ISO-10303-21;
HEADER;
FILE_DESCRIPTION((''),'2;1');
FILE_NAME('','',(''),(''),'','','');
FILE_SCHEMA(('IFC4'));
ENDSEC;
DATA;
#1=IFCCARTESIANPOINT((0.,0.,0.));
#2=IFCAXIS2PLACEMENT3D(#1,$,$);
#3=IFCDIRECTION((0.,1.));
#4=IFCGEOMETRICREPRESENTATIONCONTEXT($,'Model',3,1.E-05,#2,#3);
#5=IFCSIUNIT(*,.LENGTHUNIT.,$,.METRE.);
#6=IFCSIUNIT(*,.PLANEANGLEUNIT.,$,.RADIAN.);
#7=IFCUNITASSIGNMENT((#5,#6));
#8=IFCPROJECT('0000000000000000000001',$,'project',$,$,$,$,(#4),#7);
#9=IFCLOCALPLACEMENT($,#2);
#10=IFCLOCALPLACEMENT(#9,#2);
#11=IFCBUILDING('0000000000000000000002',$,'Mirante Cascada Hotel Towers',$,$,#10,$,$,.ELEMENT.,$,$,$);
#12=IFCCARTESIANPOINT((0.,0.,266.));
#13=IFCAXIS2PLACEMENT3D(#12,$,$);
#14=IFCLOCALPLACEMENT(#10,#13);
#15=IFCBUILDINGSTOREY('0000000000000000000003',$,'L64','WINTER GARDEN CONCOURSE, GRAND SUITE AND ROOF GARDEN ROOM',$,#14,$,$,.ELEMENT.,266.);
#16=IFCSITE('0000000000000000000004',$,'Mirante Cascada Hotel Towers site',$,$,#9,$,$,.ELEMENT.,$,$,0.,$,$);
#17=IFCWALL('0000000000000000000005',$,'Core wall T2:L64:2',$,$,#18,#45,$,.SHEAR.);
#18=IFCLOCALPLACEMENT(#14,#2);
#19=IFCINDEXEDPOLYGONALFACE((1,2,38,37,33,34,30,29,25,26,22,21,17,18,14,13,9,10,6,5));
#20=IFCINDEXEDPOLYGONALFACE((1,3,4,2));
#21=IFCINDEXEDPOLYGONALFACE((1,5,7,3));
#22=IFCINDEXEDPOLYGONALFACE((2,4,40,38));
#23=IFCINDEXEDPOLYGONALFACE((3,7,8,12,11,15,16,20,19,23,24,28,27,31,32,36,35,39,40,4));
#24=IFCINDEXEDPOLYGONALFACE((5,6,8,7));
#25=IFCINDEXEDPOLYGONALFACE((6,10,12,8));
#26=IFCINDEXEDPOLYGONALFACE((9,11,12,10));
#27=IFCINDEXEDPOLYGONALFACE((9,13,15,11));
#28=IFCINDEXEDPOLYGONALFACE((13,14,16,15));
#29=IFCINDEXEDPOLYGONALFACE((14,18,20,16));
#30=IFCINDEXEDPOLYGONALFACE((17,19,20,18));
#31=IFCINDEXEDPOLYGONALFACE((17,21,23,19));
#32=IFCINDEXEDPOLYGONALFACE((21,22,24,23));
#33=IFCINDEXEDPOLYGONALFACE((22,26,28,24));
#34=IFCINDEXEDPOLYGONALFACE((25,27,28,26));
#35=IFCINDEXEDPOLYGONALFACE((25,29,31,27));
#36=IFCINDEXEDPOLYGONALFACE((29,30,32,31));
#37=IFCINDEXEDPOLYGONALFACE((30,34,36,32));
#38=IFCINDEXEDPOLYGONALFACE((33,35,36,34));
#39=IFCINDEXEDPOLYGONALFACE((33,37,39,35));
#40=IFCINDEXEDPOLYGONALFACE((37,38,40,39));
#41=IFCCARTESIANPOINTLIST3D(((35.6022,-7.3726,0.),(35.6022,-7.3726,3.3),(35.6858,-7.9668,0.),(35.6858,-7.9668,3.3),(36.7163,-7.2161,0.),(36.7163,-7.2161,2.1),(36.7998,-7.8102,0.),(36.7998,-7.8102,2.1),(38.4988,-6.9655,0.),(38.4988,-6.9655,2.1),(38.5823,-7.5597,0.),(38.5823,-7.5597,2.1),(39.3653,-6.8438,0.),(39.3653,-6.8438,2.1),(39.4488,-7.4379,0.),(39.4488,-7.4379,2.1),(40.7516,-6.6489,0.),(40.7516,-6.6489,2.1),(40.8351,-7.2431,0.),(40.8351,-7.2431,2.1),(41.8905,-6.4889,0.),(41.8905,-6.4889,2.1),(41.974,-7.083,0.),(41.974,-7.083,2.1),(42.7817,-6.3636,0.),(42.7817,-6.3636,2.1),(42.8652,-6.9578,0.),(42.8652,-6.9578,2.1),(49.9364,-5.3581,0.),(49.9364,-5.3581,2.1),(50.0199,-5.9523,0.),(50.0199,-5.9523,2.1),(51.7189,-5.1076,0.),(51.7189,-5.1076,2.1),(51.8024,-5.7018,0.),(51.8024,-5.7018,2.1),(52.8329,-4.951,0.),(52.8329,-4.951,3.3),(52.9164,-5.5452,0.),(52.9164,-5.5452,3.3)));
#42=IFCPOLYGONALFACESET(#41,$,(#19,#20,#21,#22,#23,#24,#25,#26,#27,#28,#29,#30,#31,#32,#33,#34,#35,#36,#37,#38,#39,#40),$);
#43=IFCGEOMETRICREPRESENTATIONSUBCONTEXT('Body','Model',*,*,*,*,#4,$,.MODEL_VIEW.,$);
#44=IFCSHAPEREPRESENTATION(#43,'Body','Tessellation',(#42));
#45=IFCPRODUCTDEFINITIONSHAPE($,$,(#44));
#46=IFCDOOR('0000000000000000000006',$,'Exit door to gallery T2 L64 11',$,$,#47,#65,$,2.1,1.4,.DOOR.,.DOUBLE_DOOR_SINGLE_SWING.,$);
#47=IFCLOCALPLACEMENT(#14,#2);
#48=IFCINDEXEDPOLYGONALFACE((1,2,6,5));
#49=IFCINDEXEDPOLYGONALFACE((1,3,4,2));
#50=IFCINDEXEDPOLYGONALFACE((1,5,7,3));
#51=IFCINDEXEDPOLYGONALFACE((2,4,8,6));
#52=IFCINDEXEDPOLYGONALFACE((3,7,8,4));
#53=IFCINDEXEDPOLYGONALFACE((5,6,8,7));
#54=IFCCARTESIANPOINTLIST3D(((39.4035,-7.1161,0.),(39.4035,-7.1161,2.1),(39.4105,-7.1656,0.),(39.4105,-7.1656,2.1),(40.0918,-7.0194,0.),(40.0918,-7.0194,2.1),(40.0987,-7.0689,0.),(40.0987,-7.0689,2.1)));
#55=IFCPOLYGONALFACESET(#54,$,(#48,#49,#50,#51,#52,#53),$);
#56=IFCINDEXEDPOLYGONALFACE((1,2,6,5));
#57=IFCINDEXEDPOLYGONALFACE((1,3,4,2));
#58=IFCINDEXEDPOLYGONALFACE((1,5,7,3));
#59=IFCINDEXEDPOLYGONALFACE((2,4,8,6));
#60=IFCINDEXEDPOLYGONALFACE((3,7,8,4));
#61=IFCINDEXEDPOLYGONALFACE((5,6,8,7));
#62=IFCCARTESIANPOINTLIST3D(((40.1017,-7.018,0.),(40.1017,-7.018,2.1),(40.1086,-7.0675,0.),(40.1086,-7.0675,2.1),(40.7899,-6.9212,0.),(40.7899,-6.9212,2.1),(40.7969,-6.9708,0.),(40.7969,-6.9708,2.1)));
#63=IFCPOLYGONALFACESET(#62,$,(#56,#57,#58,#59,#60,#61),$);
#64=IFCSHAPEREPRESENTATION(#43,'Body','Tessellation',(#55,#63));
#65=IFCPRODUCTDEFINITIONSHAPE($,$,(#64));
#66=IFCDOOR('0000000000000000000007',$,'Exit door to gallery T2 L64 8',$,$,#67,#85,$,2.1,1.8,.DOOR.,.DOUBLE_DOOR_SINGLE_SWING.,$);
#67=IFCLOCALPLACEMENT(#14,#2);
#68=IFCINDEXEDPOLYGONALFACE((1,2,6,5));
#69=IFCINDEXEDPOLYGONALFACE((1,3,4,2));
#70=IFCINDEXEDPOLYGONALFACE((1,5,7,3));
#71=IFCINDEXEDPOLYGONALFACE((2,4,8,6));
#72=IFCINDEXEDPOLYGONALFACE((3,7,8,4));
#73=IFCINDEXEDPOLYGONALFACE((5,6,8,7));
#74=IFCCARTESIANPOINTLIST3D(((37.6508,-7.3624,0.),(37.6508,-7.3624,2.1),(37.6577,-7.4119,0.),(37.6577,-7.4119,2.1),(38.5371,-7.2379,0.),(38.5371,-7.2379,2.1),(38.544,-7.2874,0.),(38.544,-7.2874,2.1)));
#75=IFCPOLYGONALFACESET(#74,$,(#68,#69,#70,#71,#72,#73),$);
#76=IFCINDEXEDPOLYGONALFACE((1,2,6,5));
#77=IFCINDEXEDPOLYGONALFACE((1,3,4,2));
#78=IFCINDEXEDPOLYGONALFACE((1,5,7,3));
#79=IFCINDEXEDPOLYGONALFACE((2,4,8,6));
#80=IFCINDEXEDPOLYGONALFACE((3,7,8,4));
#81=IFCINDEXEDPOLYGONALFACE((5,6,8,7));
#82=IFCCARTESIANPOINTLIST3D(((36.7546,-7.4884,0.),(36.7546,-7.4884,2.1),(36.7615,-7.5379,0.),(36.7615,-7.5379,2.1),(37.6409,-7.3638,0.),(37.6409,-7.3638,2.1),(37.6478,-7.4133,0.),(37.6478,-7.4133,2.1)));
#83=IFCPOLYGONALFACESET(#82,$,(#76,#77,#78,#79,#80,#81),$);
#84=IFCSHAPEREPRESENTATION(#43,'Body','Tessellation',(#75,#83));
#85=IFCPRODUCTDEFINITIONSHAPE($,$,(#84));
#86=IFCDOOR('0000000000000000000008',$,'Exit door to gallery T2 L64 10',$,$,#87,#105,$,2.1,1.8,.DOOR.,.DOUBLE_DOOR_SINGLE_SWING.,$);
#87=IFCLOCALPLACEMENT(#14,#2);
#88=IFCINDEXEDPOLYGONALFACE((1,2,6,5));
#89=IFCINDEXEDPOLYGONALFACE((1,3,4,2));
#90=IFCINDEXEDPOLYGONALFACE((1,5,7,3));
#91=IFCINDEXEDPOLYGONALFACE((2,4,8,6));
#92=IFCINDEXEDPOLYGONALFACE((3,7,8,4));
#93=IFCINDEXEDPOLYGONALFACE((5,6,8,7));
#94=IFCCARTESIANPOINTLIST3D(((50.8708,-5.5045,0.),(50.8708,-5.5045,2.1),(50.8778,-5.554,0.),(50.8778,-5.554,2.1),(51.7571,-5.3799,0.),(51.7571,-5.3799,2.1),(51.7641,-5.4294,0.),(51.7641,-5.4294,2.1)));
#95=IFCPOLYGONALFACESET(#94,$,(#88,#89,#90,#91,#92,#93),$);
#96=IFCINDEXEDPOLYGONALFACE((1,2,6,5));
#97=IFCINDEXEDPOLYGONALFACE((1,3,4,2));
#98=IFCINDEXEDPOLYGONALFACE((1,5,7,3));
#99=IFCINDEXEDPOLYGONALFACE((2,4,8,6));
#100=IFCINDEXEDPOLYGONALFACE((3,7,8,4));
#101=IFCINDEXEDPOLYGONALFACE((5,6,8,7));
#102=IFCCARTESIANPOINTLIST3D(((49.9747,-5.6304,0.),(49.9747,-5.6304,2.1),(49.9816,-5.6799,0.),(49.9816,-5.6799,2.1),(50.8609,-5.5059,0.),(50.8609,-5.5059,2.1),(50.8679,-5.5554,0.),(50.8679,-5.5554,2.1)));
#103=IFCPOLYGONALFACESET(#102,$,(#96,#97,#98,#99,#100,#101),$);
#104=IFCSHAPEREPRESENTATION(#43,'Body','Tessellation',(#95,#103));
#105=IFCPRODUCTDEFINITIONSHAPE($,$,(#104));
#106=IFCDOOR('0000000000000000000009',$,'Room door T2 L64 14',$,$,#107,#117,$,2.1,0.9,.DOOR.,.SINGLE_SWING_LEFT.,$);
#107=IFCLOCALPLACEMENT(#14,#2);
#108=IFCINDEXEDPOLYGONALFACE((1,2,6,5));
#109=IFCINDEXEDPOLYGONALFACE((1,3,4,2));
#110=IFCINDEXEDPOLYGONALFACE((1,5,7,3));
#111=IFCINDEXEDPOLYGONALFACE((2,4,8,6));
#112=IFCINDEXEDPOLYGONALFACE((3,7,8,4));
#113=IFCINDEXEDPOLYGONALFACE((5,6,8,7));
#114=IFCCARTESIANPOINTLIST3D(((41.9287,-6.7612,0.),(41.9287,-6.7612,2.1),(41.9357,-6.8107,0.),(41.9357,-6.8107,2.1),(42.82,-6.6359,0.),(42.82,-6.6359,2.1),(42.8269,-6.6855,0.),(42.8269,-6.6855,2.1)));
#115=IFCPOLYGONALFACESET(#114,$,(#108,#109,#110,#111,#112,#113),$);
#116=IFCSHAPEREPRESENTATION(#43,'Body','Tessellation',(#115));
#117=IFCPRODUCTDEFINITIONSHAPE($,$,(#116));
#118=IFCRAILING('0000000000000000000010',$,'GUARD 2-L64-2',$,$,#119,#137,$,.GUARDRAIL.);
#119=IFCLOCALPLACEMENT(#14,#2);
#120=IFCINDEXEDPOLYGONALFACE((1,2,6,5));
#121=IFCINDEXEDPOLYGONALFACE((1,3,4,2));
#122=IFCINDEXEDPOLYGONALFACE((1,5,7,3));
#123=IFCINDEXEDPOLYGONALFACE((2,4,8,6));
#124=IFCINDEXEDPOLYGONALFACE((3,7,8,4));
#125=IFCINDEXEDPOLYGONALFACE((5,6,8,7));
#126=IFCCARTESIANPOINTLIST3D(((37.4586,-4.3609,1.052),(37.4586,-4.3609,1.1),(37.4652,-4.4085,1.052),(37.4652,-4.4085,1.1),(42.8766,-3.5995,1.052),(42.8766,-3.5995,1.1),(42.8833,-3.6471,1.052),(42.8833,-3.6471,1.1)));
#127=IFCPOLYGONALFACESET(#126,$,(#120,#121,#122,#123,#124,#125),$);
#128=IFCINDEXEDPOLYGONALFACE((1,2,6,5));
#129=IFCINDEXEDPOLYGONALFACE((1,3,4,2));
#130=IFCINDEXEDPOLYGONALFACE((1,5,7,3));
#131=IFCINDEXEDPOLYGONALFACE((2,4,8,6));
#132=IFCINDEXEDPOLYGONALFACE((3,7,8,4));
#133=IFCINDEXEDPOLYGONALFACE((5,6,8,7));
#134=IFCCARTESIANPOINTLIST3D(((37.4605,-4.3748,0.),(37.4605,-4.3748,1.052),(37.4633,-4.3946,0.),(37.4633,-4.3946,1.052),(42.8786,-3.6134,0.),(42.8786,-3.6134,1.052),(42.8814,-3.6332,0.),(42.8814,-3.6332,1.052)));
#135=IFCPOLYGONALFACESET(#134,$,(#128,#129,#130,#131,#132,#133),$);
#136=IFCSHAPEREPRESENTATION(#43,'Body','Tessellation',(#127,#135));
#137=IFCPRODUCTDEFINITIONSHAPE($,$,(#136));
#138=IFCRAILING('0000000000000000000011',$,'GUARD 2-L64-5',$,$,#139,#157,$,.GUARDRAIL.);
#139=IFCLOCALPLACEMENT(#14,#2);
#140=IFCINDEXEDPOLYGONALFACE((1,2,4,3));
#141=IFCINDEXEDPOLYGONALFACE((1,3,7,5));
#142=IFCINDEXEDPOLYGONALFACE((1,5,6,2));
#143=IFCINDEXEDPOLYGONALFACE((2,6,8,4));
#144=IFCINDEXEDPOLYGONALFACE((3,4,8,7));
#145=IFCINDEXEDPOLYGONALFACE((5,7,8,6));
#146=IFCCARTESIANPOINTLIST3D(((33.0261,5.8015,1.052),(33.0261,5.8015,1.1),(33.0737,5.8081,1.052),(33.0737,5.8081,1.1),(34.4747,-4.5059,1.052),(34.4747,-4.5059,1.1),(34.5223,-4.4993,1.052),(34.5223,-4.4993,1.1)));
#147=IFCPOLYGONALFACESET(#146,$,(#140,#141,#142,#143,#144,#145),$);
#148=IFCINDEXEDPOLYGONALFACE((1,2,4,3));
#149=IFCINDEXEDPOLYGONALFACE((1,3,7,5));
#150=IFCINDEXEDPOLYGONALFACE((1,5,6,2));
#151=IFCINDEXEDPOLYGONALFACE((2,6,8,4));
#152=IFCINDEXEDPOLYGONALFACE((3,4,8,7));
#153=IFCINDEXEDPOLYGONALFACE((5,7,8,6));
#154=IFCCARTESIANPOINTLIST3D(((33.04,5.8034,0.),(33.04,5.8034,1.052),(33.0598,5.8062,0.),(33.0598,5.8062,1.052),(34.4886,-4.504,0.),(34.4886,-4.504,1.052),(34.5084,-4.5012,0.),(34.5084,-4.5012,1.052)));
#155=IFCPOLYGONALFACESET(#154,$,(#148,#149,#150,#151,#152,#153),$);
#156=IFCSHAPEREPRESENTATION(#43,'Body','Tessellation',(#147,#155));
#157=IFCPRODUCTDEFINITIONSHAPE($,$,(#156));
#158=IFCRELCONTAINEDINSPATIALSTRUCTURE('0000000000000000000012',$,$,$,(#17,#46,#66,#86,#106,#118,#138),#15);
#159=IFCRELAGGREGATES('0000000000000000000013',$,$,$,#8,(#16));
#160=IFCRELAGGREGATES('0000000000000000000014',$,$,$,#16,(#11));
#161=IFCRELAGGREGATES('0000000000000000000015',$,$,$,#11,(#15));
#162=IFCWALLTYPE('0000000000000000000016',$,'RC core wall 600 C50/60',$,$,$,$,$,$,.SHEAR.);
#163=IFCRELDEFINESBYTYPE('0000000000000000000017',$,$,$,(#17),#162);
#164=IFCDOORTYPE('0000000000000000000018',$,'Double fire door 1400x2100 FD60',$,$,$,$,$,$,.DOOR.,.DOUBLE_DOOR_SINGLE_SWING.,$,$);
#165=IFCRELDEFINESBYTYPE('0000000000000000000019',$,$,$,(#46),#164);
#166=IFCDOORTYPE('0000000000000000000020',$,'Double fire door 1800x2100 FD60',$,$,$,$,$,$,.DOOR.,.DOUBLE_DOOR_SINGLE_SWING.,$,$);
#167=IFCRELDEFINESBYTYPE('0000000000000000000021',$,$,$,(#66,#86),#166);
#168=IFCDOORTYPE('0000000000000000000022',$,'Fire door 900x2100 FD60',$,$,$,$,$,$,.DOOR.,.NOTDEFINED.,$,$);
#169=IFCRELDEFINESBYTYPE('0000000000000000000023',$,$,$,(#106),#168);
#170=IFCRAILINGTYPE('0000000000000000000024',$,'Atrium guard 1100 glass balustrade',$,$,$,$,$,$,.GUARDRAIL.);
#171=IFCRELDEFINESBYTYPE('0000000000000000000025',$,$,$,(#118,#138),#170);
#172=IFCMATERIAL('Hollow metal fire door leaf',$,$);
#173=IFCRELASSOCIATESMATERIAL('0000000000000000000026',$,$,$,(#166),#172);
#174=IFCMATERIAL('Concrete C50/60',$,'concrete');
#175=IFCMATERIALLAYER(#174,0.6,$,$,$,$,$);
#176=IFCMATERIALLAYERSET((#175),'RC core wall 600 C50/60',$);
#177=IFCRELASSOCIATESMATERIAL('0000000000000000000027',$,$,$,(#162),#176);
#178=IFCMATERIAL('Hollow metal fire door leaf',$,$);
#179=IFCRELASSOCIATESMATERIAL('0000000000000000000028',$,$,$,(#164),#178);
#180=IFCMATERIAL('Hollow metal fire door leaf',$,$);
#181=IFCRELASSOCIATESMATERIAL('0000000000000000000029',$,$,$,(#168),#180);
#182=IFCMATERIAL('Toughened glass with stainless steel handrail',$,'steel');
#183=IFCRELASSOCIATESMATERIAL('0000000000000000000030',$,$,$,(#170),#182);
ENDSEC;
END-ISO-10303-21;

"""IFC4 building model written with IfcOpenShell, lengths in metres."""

from ifc_helpers import new_model, si_unit, direction, frame, frame_2d, origin, origin_2d, place, context, subcontext, project, spatial, rectangle, extrude, material, layer, layer_set, type_object, element, fill, save


model = new_model("IFC4")

# Units and contexts
model_context = context("Model", 3, precision=1e-05, world=origin(), true_north=direction((0.0, 1.0)))
body_context = subcontext(model_context, "Body", "Model", "MODEL_VIEW")
ifc_project = project(units=[si_unit("LENGTHUNIT", "METRE"), si_unit("PLANEANGLEUNIT", "RADIAN")], contexts=[model_context])

# Site, building, storey
site_placement = place(None, origin())
site = spatial("IfcSite", under=ifc_project, at=site_placement, Name="Mirante Cascada Hotel Towers site", CompositionType="ELEMENT", RefElevation=0.0)
building_placement = place(site_placement, origin())
building = spatial("IfcBuilding", under=site, at=building_placement, Name="Mirante Cascada Hotel Towers", CompositionType="ELEMENT")
storey_placement = place(building_placement, frame((0.0, 0.0, 266.0)))
storey = spatial("IfcBuildingStorey", under=building, at=storey_placement, Name="L64", Description="WINTER GARDEN CONCOURSE, GRAND SUITE AND ROOF GARDEN ROOM", CompositionType="ELEMENT", Elevation=266.0)

# Shared definitions
ifc_material_1 = material(Name="Hollow metal fire door leaf")
door_type_1 = type_object("IfcDoorType", Name="Double fire door 1800x2100 FD60", OperationType="DOUBLE_DOOR_SINGLE_SWING", PredefinedType="DOOR", material=ifc_material_1)

# Wall, openings, doors
ifc_material_2 = material(Name="Concrete C50/60", Category="concrete")
ifc_layer_1 = layer(ifc_material_2, 0.6)
ifc_layer_set_1 = layer_set([ifc_layer_1], Name="RC core wall 600 C50/60")
wall_type_1 = type_object("IfcWallType", Name="RC core wall 600 C50/60", PredefinedType="SHEAR", material=ifc_layer_set_1)
wall_1_placement = place(storey_placement, frame((35.644, -7.6697, 0.0), z_axis=(0.0, 0.0, 1.0), x_axis=(0.990268, 0.139172, 0.0)))
wall_1 = element("IfcWall", 1, at=wall_1_placement, inside=storey, type_object=wall_type_1, Name="Core wall T2:L64:2", PredefinedType="SHEAR", context=body_context, shape_type="SweptSolid", body=[
    extrude(rectangle(XDim=17.4, YDim=0.6, at=frame_2d((8.7, 0.0))), origin(), (0.0, 0.0, 1.0), 3.3),
])
opening_1_placement = place(wall_1_placement, frame((1.125, 0.0, 0.0)))
opening_1 = element("IfcOpeningElement", 2, at=opening_1_placement, cuts=wall_1, PredefinedType="OPENING", context=body_context, shape_type="SweptSolid", body=[
    extrude(rectangle(XDim=1.8, YDim=2.1, at=frame_2d((0.9, 1.05))), frame((0.0, 0.3, 0.0), z_axis=(0.0, -1.0, 0.0), x_axis=(1.0, 0.0, 0.0)), (0.0, 0.0, 1.0), 0.6),
])
opening_2_placement = place(wall_1_placement, frame((14.475, 0.0, 0.0)))
opening_2 = element("IfcOpeningElement", 3, at=opening_2_placement, cuts=wall_1, PredefinedType="OPENING", context=body_context, shape_type="SweptSolid", body=[
    extrude(rectangle(XDim=1.8, YDim=2.1, at=frame_2d((0.9, 1.05))), frame((0.0, 0.3, 0.0), z_axis=(0.0, -1.0, 0.0), x_axis=(1.0, 0.0, 0.0)), (0.0, 0.0, 1.0), 0.6),
])
opening_3_placement = place(wall_1_placement, frame((3.8, 0.0, 0.0)))
opening_3 = element("IfcOpeningElement", 4, at=opening_3_placement, cuts=wall_1, PredefinedType="OPENING", context=body_context, shape_type="SweptSolid", body=[
    extrude(rectangle(XDim=1.4, YDim=2.1, at=frame_2d((0.7, 1.05))), frame((0.0, 0.3, 0.0), z_axis=(0.0, -1.0, 0.0), x_axis=(1.0, 0.0, 0.0)), (0.0, 0.0, 1.0), 0.6),
])
opening_4_placement = place(wall_1_placement, frame((6.35, 0.0, 0.0)))
opening_4 = element("IfcOpeningElement", 5, at=opening_4_placement, cuts=wall_1, PredefinedType="OPENING", context=body_context, shape_type="SweptSolid", body=[
    extrude(rectangle(XDim=0.9, YDim=2.1, at=frame_2d((0.45, 1.05))), frame((0.0, 0.3, 0.0), z_axis=(0.0, -1.0, 0.0), x_axis=(1.0, 0.0, 0.0)), (0.0, 0.0, 1.0), 0.6),
])
ifc_material_3 = material(Name="Hollow metal fire door leaf")
door_type_2 = type_object("IfcDoorType", Name="Double fire door 1400x2100 FD60", OperationType="DOUBLE_DOOR_SINGLE_SWING", PredefinedType="DOOR", material=ifc_material_3)
door_1_placement = place(opening_3_placement, origin())
door_1 = element("IfcDoor", 6, at=door_1_placement, inside=storey, type_object=door_type_2, Name="Exit door to gallery T2 L64 11", OperationType="DOUBLE_DOOR_SINGLE_SWING", OverallHeight=2.1, OverallWidth=1.4, PredefinedType="DOOR", context=body_context, shape_type="SweptSolid", body=[
    extrude(rectangle(XDim=0.695, YDim=2.1, at=frame_2d((0.3475, 1.05))), frame((0.0, 0.025, 0.0), z_axis=(0.0, -1.0, 0.0), x_axis=(1.0, 0.0, 0.0)), (0.0, 0.0, 1.0), 0.05),
    extrude(rectangle(XDim=0.695, YDim=2.1, at=frame_2d((1.0525, 1.05))), frame((0.0, 0.025, 0.0), z_axis=(0.0, -1.0, 0.0), x_axis=(1.0, 0.0, 0.0)), (0.0, 0.0, 1.0), 0.05),
])
fill(opening_3, door_1)
door_2_placement = place(opening_1_placement, frame((1.8, 0.0, 0.0), z_axis=(0.0, 0.0, 1.0), x_axis=(-1.0, 0.0, 0.0)))
door_2 = element("IfcDoor", 7, at=door_2_placement, inside=storey, type_object=door_type_1, Name="Exit door to gallery T2 L64 8", OperationType="DOUBLE_DOOR_SINGLE_SWING", OverallHeight=2.1, OverallWidth=1.8, PredefinedType="DOOR", context=body_context, shape_type="SweptSolid", body=[
    extrude(rectangle(XDim=0.895, YDim=2.1, at=frame_2d((0.4475, 1.05))), frame((0.0, 0.025, 0.0), z_axis=(0.0, -1.0, 0.0), x_axis=(1.0, 0.0, 0.0)), (0.0, 0.0, 1.0), 0.05),
    extrude(rectangle(XDim=0.895, YDim=2.1, at=frame_2d((1.3525, 1.05))), frame((0.0, 0.025, 0.0), z_axis=(0.0, -1.0, 0.0), x_axis=(1.0, 0.0, 0.0)), (0.0, 0.0, 1.0), 0.05),
])
fill(opening_1, door_2)
door_3_placement = place(opening_2_placement, frame((1.8, 0.0, 0.0), z_axis=(0.0, 0.0, 1.0), x_axis=(-1.0, 0.0, 0.0)))
door_3 = element("IfcDoor", 8, at=door_3_placement, inside=storey, type_object=door_type_1, Name="Exit door to gallery T2 L64 10", OperationType="DOUBLE_DOOR_SINGLE_SWING", OverallHeight=2.1, OverallWidth=1.8, PredefinedType="DOOR", context=body_context, shape_type="SweptSolid", body=[
    extrude(rectangle(XDim=0.895, YDim=2.1, at=frame_2d((0.4475, 1.05))), frame((0.0, 0.025, 0.0), z_axis=(0.0, -1.0, 0.0), x_axis=(1.0, 0.0, 0.0)), (0.0, 0.0, 1.0), 0.05),
    extrude(rectangle(XDim=0.895, YDim=2.1, at=frame_2d((1.3525, 1.05))), frame((0.0, 0.025, 0.0), z_axis=(0.0, -1.0, 0.0), x_axis=(1.0, 0.0, 0.0)), (0.0, 0.0, 1.0), 0.05),
])
fill(opening_2, door_3)
ifc_material_4 = material(Name="Hollow metal fire door leaf")
door_type_3 = type_object("IfcDoorType", Name="Fire door 900x2100 FD60", OperationType="NOTDEFINED", PredefinedType="DOOR", material=ifc_material_4)
door_4_placement = place(opening_4_placement, frame((0.9, 0.0, 0.0), z_axis=(0.0, 0.0, 1.0), x_axis=(-1.0, 0.0, 0.0)))
door_4 = element("IfcDoor", 9, at=door_4_placement, inside=storey, type_object=door_type_3, Name="Room door T2 L64 14", OperationType="SINGLE_SWING_LEFT", OverallHeight=2.1, OverallWidth=0.9, PredefinedType="DOOR", context=body_context, shape_type="SweptSolid", body=[
    extrude(rectangle(XDim=0.9, YDim=2.1, at=frame_2d((0.45, 1.05))), frame((0.0, 0.025, 0.0), z_axis=(0.0, -1.0, 0.0), x_axis=(1.0, 0.0, 0.0)), (0.0, 0.0, 1.0), 0.05),
])
fill(opening_4, door_4)

# Railings
ifc_material_5 = material(Name="Toughened glass with stainless steel handrail", Category="steel")
railing_type_1 = type_object("IfcRailingType", Name="Atrium guard 1100 glass balustrade", PredefinedType="GUARDRAIL", material=ifc_material_5)
railing_1_placement = place(storey_placement, frame((37.4619, -4.3847, 0.0)))
element("IfcRailing", 10, at=railing_1_placement, inside=storey, type_object=railing_type_1, Name="GUARD 2-L64-2", PredefinedType="GUARDRAIL", context=body_context, shape_type="SweptSolid", body=[
    extrude(rectangle(XDim=0.048, YDim=0.048, at=origin_2d()), frame((0.0, 0.0, 1.076), z_axis=(0.99027, 0.139162, 0.0), x_axis=(-0.139162, 0.99027, 0.0)), (0.0, 0.0, 1.0), 5.4713),
    extrude(rectangle(XDim=0.02, YDim=1.052, at=origin_2d()), frame((0.0, 0.0, 0.526), z_axis=(0.99027, 0.139162, 0.0), x_axis=(-0.139162, 0.99027, 0.0)), (0.0, 0.0, 1.0), 5.4713),
])
railing_2_placement = place(storey_placement, frame((34.4985, -4.5026, 0.0)))
element("IfcRailing", 11, at=railing_2_placement, inside=storey, type_object=railing_type_1, Name="GUARD 2-L64-5", PredefinedType="GUARDRAIL", context=body_context, shape_type="SweptSolid", body=[
    extrude(rectangle(XDim=0.048, YDim=0.048, at=origin_2d()), frame((0.0, 0.0, 1.076), z_axis=(-0.139172, 0.990268, 0.0), x_axis=(-0.990268, -0.139172, 0.0)), (0.0, 0.0, 1.0), 10.4087),
    extrude(rectangle(XDim=0.02, YDim=1.052, at=origin_2d()), frame((0.0, 0.0, 0.526), z_axis=(-0.139172, 0.990268, 0.0), x_axis=(-0.990268, -0.139172, 0.0)), (0.0, 0.0, 1.0), 10.4087),
])

save(model, "model.ifc")
